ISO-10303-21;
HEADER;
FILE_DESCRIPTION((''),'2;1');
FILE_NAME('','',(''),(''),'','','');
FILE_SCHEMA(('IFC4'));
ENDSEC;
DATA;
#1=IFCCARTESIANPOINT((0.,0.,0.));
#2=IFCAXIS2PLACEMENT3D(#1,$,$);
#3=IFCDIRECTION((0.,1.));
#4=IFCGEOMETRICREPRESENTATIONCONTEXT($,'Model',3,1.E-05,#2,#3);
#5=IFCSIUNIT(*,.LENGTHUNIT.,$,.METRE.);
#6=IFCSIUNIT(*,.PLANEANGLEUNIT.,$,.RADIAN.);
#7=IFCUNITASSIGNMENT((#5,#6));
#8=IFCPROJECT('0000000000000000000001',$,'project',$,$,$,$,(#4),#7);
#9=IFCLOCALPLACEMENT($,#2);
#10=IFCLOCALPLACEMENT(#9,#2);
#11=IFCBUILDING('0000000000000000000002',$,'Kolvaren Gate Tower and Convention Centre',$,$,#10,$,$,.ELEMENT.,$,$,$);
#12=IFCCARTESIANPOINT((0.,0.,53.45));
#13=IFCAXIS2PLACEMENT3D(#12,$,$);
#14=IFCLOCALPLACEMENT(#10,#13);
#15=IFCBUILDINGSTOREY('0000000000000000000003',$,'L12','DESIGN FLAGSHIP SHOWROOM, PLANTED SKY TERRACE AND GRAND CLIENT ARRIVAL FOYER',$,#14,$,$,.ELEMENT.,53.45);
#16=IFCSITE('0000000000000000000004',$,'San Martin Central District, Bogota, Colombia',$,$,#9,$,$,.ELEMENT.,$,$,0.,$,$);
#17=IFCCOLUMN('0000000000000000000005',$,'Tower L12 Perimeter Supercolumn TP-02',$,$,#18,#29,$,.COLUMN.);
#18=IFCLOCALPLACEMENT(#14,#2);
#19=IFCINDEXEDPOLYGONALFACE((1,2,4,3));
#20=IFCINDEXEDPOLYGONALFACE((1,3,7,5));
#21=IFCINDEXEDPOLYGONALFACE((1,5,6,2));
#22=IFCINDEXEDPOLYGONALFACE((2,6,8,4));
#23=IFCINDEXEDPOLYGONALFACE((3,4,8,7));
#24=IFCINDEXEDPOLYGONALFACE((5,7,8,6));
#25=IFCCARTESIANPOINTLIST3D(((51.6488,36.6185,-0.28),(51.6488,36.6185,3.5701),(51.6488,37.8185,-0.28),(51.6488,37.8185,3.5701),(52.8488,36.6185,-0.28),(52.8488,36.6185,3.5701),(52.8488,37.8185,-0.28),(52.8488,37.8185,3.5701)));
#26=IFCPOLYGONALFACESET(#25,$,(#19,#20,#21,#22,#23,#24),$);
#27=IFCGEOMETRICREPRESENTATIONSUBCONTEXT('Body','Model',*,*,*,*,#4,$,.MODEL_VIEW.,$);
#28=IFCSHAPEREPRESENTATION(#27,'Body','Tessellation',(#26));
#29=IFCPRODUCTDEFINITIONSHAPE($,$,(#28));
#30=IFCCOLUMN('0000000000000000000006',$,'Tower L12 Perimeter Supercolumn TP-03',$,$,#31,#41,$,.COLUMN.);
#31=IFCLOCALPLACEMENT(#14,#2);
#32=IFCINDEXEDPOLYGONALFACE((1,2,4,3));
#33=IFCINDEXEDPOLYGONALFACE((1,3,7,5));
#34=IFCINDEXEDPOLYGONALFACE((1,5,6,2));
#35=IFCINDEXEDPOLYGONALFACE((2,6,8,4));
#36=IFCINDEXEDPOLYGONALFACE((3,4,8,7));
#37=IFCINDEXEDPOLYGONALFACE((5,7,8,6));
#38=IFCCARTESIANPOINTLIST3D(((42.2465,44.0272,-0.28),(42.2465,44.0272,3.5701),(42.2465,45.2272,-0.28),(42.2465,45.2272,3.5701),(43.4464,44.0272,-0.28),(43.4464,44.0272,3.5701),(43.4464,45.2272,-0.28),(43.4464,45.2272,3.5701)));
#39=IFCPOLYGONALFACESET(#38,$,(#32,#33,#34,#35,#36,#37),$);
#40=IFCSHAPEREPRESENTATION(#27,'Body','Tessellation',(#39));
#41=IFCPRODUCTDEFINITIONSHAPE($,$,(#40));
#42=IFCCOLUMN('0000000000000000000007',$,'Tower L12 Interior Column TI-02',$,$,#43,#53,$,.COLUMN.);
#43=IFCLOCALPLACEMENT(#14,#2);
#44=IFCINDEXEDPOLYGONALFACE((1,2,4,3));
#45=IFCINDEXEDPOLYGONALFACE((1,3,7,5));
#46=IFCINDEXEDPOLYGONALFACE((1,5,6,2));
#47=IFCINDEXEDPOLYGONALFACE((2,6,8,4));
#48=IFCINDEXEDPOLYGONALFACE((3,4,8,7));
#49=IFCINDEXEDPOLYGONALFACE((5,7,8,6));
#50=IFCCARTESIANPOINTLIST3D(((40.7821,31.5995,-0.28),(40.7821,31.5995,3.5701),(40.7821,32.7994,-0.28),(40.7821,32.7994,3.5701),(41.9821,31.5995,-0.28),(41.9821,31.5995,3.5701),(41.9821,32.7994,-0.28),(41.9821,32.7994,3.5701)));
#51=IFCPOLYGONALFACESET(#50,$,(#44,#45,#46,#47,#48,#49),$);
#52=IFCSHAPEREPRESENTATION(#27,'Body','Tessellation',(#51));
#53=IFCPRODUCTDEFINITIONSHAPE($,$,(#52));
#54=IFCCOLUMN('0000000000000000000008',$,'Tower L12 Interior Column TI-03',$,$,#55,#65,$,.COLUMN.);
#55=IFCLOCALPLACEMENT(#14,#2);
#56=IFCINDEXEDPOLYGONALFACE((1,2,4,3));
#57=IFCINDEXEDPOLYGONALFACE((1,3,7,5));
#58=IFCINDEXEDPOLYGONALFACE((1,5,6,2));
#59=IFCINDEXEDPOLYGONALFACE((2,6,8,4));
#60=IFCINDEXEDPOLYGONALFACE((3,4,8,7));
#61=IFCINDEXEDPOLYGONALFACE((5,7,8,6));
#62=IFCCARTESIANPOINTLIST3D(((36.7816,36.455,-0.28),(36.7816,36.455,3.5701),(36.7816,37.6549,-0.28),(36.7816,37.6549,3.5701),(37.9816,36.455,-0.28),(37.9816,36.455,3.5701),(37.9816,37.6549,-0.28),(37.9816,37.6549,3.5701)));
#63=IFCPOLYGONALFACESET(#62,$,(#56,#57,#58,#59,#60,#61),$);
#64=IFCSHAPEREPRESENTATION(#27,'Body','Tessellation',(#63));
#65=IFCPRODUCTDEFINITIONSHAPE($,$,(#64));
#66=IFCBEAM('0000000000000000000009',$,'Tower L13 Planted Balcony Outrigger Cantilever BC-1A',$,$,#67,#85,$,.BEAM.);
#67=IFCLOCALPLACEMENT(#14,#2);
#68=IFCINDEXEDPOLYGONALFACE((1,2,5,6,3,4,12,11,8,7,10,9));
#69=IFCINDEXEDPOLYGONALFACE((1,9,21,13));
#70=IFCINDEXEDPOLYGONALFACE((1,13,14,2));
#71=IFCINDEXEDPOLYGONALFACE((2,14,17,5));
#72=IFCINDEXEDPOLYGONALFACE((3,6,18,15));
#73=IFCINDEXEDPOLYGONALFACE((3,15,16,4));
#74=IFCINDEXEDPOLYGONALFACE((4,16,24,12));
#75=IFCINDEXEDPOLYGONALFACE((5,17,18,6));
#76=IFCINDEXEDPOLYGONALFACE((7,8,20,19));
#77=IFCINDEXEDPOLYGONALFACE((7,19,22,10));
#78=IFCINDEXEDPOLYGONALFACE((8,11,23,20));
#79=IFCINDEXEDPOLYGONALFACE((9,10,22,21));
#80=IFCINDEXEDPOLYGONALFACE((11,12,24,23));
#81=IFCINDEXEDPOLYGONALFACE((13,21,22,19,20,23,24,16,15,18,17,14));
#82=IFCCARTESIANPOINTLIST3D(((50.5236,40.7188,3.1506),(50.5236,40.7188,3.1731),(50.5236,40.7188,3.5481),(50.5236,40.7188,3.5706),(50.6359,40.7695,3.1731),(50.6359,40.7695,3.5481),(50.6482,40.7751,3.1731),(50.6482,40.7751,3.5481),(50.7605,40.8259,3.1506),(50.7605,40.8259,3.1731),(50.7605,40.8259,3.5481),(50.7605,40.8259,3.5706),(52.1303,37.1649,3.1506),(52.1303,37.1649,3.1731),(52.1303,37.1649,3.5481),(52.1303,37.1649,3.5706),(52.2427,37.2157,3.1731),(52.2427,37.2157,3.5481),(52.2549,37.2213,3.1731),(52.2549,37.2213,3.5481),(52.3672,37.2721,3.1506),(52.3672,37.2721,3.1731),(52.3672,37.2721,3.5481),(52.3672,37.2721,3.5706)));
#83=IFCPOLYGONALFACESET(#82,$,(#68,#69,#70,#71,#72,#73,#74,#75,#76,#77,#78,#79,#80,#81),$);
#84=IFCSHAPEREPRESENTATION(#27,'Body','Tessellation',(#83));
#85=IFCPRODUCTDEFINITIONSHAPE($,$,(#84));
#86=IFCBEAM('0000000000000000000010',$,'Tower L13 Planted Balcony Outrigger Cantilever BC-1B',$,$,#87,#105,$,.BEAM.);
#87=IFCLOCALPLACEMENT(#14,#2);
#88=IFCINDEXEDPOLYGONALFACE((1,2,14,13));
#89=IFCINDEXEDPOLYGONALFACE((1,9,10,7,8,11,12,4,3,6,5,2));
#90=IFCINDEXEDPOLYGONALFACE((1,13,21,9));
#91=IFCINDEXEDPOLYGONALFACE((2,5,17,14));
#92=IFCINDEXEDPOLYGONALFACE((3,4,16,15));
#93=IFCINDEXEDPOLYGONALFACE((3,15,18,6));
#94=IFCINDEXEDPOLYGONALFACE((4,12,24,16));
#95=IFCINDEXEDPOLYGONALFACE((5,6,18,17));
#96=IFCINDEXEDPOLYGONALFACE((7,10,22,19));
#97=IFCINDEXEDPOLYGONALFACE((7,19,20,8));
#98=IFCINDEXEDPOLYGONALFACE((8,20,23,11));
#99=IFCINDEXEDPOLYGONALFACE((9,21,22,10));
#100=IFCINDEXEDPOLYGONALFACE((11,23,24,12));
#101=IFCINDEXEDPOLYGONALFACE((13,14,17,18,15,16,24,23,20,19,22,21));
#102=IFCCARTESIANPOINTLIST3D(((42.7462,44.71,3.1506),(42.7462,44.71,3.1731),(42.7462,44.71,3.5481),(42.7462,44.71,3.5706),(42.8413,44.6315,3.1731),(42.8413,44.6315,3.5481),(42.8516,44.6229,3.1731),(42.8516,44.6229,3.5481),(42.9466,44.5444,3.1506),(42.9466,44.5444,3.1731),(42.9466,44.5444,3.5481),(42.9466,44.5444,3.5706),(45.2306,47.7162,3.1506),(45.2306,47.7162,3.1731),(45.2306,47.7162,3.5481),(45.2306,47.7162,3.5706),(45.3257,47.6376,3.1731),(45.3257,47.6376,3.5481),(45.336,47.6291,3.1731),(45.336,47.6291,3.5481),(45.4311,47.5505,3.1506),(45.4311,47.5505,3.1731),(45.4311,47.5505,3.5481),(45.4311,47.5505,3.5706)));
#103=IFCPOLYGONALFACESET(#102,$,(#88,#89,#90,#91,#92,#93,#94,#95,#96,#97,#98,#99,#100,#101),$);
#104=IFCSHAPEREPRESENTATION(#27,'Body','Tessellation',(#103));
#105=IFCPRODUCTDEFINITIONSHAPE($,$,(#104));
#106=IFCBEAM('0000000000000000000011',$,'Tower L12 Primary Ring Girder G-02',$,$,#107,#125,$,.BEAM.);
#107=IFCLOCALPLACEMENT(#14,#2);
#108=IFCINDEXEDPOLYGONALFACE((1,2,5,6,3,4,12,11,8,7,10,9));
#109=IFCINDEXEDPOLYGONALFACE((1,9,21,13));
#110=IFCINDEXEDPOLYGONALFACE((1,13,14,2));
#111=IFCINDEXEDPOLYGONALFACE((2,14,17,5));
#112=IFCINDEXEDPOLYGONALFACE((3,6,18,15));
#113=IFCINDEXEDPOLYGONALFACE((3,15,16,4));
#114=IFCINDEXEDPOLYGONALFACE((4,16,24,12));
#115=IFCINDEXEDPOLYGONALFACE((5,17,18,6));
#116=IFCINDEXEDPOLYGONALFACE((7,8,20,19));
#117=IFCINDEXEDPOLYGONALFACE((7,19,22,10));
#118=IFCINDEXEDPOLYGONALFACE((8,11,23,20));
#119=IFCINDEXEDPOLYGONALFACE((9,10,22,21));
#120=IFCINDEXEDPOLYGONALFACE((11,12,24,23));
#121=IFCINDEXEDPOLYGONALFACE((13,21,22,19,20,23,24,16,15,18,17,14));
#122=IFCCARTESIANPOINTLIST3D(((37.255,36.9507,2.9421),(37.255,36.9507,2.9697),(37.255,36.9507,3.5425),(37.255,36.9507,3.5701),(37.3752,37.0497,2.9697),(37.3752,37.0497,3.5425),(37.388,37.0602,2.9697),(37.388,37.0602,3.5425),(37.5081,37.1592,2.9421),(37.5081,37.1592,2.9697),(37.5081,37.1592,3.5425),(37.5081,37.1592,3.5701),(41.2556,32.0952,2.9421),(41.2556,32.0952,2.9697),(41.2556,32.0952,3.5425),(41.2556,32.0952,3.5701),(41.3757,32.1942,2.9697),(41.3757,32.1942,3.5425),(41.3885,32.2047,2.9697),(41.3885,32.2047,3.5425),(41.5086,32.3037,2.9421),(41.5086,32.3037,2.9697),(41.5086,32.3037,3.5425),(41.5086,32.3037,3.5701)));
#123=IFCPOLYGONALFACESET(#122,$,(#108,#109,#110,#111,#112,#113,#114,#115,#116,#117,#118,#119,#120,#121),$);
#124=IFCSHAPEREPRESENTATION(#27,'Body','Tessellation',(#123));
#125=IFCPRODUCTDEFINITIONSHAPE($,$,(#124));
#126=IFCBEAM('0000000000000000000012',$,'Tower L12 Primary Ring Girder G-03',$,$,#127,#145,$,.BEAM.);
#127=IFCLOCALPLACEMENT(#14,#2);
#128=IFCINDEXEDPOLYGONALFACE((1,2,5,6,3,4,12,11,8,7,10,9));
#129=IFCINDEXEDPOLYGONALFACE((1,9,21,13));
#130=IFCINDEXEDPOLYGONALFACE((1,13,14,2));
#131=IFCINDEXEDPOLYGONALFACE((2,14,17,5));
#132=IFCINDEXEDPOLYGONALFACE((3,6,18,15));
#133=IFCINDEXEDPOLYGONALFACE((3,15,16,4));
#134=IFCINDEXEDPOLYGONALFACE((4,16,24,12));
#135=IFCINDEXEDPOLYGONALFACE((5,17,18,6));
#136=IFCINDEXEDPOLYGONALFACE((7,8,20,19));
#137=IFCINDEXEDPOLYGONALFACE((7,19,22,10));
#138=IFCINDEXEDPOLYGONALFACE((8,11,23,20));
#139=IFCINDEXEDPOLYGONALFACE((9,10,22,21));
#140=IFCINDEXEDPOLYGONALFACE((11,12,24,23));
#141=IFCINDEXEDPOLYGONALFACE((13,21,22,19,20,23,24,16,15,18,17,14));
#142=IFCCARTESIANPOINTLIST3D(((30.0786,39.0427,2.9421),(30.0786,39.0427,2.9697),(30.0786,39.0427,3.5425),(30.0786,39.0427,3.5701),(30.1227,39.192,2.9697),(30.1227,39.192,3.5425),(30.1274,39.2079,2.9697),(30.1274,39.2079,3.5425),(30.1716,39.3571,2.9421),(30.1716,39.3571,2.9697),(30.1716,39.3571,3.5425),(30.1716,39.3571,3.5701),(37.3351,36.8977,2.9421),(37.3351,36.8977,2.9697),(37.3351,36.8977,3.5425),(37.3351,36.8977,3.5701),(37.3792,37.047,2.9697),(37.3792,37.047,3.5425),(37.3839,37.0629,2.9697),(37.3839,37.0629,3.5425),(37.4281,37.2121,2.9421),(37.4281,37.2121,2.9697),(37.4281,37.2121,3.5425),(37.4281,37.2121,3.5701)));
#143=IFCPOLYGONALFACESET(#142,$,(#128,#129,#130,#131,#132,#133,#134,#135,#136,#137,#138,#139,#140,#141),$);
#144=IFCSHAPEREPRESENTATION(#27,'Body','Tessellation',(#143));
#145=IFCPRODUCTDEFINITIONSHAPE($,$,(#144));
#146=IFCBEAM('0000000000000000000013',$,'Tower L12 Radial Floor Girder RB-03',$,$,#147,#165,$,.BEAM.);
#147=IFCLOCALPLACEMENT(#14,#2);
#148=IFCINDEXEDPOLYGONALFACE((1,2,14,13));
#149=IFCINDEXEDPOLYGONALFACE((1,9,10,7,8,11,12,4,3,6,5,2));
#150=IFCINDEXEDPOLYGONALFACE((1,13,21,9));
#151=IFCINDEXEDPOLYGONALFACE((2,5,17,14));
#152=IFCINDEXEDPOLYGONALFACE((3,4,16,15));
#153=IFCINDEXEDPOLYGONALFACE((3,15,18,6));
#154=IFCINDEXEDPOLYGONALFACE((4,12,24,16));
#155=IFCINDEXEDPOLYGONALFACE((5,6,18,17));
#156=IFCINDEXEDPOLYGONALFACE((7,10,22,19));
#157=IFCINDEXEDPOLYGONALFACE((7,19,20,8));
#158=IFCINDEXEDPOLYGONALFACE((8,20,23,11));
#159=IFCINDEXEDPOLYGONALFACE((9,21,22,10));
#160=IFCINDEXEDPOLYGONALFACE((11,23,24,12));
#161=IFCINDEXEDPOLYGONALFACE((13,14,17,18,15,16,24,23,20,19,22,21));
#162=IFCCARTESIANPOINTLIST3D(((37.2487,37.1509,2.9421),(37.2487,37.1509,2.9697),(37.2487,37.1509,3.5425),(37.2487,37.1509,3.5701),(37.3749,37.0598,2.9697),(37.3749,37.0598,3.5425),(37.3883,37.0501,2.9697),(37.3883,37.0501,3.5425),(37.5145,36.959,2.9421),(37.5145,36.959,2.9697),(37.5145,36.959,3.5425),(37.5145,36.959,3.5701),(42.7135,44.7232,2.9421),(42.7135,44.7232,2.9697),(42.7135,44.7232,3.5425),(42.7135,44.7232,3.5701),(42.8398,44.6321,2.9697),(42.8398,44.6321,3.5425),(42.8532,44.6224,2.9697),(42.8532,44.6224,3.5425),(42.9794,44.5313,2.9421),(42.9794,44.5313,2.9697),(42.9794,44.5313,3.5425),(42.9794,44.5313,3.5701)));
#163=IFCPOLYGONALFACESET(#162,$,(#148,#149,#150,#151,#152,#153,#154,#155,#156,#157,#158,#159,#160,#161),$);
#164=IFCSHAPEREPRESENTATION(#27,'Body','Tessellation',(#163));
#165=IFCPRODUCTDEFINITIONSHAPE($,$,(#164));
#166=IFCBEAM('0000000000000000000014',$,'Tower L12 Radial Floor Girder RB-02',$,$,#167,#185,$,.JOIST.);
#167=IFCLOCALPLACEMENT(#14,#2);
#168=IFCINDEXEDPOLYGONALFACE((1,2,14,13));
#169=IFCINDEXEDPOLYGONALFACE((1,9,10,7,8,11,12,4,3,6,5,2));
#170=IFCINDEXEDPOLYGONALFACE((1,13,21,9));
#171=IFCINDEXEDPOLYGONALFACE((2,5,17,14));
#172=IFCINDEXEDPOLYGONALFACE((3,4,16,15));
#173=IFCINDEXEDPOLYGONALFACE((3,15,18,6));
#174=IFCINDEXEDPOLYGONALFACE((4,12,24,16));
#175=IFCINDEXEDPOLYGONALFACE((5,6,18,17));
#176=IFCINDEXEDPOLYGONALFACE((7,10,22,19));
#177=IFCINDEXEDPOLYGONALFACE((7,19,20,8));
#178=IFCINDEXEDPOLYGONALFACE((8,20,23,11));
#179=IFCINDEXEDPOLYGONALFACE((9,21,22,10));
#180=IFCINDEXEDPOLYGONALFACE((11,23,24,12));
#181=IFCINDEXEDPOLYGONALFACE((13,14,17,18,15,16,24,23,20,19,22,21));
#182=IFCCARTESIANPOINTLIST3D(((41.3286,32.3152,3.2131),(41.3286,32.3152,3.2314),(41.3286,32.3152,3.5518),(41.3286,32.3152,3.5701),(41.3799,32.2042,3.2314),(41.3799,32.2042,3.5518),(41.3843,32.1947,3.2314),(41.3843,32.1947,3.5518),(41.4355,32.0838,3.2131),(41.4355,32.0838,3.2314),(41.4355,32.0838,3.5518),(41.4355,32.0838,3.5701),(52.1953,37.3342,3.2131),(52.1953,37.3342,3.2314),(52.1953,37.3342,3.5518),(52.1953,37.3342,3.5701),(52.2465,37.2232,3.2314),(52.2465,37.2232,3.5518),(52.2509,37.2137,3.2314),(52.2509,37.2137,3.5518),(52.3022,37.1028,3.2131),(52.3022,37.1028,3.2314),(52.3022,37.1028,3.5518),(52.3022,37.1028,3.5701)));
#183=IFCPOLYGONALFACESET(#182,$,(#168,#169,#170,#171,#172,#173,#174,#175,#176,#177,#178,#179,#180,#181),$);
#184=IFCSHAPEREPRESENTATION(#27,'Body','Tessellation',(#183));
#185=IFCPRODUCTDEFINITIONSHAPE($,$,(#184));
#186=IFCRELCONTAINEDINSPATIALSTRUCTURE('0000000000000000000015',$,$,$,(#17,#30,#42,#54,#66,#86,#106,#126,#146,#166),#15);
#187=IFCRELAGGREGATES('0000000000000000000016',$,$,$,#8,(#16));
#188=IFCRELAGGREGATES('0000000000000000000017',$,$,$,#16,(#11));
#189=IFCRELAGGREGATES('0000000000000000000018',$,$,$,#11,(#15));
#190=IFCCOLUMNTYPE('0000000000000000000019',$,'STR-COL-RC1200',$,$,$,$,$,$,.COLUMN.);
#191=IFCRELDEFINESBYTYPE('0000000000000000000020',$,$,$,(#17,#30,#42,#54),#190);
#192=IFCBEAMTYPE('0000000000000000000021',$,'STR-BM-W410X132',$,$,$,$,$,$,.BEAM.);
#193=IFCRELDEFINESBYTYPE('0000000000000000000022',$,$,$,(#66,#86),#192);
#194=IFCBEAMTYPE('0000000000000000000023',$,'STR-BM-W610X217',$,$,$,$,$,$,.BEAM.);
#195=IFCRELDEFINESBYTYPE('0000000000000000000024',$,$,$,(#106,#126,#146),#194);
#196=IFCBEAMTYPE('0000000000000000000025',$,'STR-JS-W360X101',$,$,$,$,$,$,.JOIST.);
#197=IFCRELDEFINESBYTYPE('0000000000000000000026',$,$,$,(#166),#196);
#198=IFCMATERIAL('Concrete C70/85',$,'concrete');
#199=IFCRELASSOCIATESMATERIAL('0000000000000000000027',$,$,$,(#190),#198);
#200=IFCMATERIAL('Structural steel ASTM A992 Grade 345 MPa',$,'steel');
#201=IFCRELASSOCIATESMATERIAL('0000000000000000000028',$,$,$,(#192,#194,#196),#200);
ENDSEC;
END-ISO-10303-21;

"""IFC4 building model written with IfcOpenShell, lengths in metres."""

from ifc_helpers import new_model, si_unit, direction, frame, origin, origin_2d, place, context, subcontext, project, spatial, rectangle, i_section, extrude, material, material_profile, profile_set, type_object, element, save


model = new_model("IFC4")

# Units and contexts
model_context = context("Model", 3, precision=1e-05, world=origin(), true_north=direction((0.0, 1.0)))
body_context = subcontext(model_context, "Body", "Model", "MODEL_VIEW")
ifc_project = project(units=[si_unit("LENGTHUNIT", "METRE"), si_unit("PLANEANGLEUNIT", "RADIAN")], contexts=[model_context])

# Site, building, storey
site_placement = place(None, origin())
site = spatial("IfcSite", under=ifc_project, at=site_placement, Name="San Martin Central District, Bogota, Colombia", CompositionType="ELEMENT", RefElevation=0.0)
building_placement = place(site_placement, origin())
building = spatial("IfcBuilding", under=site, at=building_placement, Name="Kolvaren Gate Tower and Convention Centre", CompositionType="ELEMENT")
storey_placement = place(building_placement, frame((0.0, 0.0, 53.45)))
storey = spatial("IfcBuildingStorey", under=building, at=storey_placement, Name="L12", Description="DESIGN FLAGSHIP SHOWROOM, PLANTED SKY TERRACE AND GRAND CLIENT ARRIVAL FOYER", CompositionType="ELEMENT", Elevation=53.45)

# Columns
ifc_material_1 = material(Name="Concrete C70/85", Category="concrete")
ifc_material_profile_1 = material_profile(ifc_material_1, rectangle(XDim=1.2, YDim=1.2, at=origin_2d()), Name="RC-COL-1200X1200")
ifc_profile_set_1 = profile_set([ifc_material_profile_1], Name="Concrete C70/85")
column_type = type_object("IfcColumnType", Name="STR-COL-RC1200", PredefinedType="COLUMN", material=ifc_profile_set_1)
for number, where, z_axis, x_axis, name in (
    (1, (52.2488, 37.2185, -0.28), (0.0, 0.0, 1.0), (1.0, 0.0, 0.0), "Tower L12 Perimeter Supercolumn TP-02"),
    (2, (42.8464, 44.6272, -0.28), (0.0, 0.0, 1.0), (1.0, 0.0, 0.0), "Tower L12 Perimeter Supercolumn TP-03"),
    (3, (41.3821, 32.1995, -0.28), (0.0, 0.0, 1.0), (1.0, 0.0, 0.0), "Tower L12 Interior Column TI-02"),
    (4, (37.3816, 37.0549, -0.28), (0.0, 0.0, 1.0), (1.0, 0.0, 0.0), "Tower L12 Interior Column TI-03"),
):
    element("IfcColumn", number, at=place(storey_placement, frame(where, z_axis=z_axis, x_axis=x_axis)), inside=storey, type_object=column_type, Name=name, PredefinedType="COLUMN", context=body_context, shape_type="SweptSolid", body=[
        extrude(rectangle(XDim=1.2, YDim=1.2, at=origin_2d()), origin(), (0.0, 0.0, 1.0), 3.8501),
    ])

# Beams
ifc_material_2 = material(Name="Structural steel ASTM A992 Grade 345 MPa", Category="steel")
ifc_material_profile_2 = material_profile(ifc_material_2, i_section(OverallWidth=0.26, OverallDepth=0.4199, WebThickness=0.0134, FlangeThickness=0.0225, at=origin_2d()), Name="W410X132")
ifc_profile_set_2 = profile_set([ifc_material_profile_2], Name="Structural steel ASTM A992 Grade 345 MPa")
beam_type_1 = type_object("IfcBeamType", Name="STR-BM-W410X132", PredefinedType="BEAM", material=ifc_profile_set_2)
beam_1_placement = place(storey_placement, frame((52.2488, 37.2185, 3.3606), z_axis=(-0.411967, 0.911199, 0.0), x_axis=(-0.911199, -0.411967, 0.0)))
element("IfcBeam", 5, at=beam_1_placement, inside=storey, type_object=beam_type_1, Name="Tower L13 Planted Balcony Outrigger Cantilever BC-1A", PredefinedType="BEAM", context=body_context, shape_type="SweptSolid", body=[
    extrude(i_section(OverallWidth=0.26, OverallDepth=0.4199, WebThickness=0.0134, FlangeThickness=0.0225, at=origin_2d()), origin(), (0.0, 0.0, 1.0), 3.9001),
])
beam_2_placement = place(storey_placement, frame((42.8464, 44.6272, 3.3606), z_axis=(0.637045, 0.770827, 0.0), x_axis=(-0.770827, 0.637045, 0.0)))
element("IfcBeam", 6, at=beam_2_placement, inside=storey, type_object=beam_type_1, Name="Tower L13 Planted Balcony Outrigger Cantilever BC-1B", PredefinedType="BEAM", context=body_context, shape_type="SweptSolid", body=[
    extrude(i_section(OverallWidth=0.26, OverallDepth=0.4199, WebThickness=0.0134, FlangeThickness=0.0225, at=origin_2d()), origin(), (0.0, 0.0, 1.0), 3.8999),
])
ifc_material_profile_3 = material_profile(ifc_material_2, i_section(OverallWidth=0.3279, OverallDepth=0.6279, WebThickness=0.0166, FlangeThickness=0.0276, at=origin_2d()), Name="W610X217")
ifc_profile_set_3 = profile_set([ifc_material_profile_3], Name="Structural steel ASTM A992 Grade 345 MPa")
beam_type_2 = type_object("IfcBeamType", Name="STR-BM-W610X217", PredefinedType="BEAM", material=ifc_profile_set_3)
beam_3_placement = place(storey_placement, frame((41.3821, 32.1995, 3.2561), z_axis=(-0.635884, 0.771785, 0.0), x_axis=(-0.771785, -0.635884, 0.0)))
element("IfcBeam", 7, at=beam_3_placement, inside=storey, type_object=beam_type_2, Name="Tower L12 Primary Ring Girder G-02", PredefinedType="BEAM", context=body_context, shape_type="SweptSolid", body=[
    extrude(i_section(OverallWidth=0.3279, OverallDepth=0.6279, WebThickness=0.0166, FlangeThickness=0.0276, at=origin_2d()), origin(), (0.0, 0.0, 1.0), 6.2913),
])
beam_4_placement = place(storey_placement, frame((37.3816, 37.0549, 3.2561), z_axis=(-0.958981, 0.283471, 0.0), x_axis=(-0.283471, -0.958981, 0.0)))
element("IfcBeam", 8, at=beam_4_placement, inside=storey, type_object=beam_type_2, Name="Tower L12 Primary Ring Girder G-03", PredefinedType="BEAM", context=body_context, shape_type="SweptSolid", body=[
    extrude(i_section(OverallWidth=0.3279, OverallDepth=0.6279, WebThickness=0.0166, FlangeThickness=0.0276, at=origin_2d()), origin(), (0.0, 0.0, 1.0), 7.5669),
])
beam_5_placement = place(storey_placement, frame((37.3816, 37.0549, 3.2561), z_axis=(0.585208, 0.810883, 0.0), x_axis=(-0.810883, 0.585208, 0.0)))
element("IfcBeam", 9, at=beam_5_placement, inside=storey, type_object=beam_type_2, Name="Tower L12 Radial Floor Girder RB-03", PredefinedType="BEAM", context=body_context, shape_type="SweptSolid", body=[
    extrude(i_section(OverallWidth=0.3279, OverallDepth=0.6279, WebThickness=0.0166, FlangeThickness=0.0276, at=origin_2d()), origin(), (0.0, 0.0, 1.0), 9.3384),
])
ifc_material_profile_4 = material_profile(ifc_material_2, i_section(OverallWidth=0.2549, OverallDepth=0.3569, WebThickness=0.0105, FlangeThickness=0.0183, at=origin_2d()), Name="W360X101")
ifc_profile_set_4 = profile_set([ifc_material_profile_4], Name="Structural steel ASTM A992 Grade 345 MPa")
beam_type_3 = type_object("IfcBeamType", Name="STR-JS-W360X101", PredefinedType="JOIST", material=ifc_profile_set_4)
beam_6_placement = place(storey_placement, frame((41.3821, 32.1995, 3.3916), z_axis=(0.907844, 0.419309, 0.0), x_axis=(-0.419309, 0.907844, 0.0)))
element("IfcBeam", 10, at=beam_6_placement, inside=storey, type_object=beam_type_3, Name="Tower L12 Radial Floor Girder RB-02", PredefinedType="JOIST", context=body_context, shape_type="SweptSolid", body=[
    extrude(i_section(OverallWidth=0.2549, OverallDepth=0.3569, WebThickness=0.0105, FlangeThickness=0.0183, at=origin_2d()), origin(), (0.0, 0.0, 1.0), 11.9697),
])

save(model, "model.ifc")
